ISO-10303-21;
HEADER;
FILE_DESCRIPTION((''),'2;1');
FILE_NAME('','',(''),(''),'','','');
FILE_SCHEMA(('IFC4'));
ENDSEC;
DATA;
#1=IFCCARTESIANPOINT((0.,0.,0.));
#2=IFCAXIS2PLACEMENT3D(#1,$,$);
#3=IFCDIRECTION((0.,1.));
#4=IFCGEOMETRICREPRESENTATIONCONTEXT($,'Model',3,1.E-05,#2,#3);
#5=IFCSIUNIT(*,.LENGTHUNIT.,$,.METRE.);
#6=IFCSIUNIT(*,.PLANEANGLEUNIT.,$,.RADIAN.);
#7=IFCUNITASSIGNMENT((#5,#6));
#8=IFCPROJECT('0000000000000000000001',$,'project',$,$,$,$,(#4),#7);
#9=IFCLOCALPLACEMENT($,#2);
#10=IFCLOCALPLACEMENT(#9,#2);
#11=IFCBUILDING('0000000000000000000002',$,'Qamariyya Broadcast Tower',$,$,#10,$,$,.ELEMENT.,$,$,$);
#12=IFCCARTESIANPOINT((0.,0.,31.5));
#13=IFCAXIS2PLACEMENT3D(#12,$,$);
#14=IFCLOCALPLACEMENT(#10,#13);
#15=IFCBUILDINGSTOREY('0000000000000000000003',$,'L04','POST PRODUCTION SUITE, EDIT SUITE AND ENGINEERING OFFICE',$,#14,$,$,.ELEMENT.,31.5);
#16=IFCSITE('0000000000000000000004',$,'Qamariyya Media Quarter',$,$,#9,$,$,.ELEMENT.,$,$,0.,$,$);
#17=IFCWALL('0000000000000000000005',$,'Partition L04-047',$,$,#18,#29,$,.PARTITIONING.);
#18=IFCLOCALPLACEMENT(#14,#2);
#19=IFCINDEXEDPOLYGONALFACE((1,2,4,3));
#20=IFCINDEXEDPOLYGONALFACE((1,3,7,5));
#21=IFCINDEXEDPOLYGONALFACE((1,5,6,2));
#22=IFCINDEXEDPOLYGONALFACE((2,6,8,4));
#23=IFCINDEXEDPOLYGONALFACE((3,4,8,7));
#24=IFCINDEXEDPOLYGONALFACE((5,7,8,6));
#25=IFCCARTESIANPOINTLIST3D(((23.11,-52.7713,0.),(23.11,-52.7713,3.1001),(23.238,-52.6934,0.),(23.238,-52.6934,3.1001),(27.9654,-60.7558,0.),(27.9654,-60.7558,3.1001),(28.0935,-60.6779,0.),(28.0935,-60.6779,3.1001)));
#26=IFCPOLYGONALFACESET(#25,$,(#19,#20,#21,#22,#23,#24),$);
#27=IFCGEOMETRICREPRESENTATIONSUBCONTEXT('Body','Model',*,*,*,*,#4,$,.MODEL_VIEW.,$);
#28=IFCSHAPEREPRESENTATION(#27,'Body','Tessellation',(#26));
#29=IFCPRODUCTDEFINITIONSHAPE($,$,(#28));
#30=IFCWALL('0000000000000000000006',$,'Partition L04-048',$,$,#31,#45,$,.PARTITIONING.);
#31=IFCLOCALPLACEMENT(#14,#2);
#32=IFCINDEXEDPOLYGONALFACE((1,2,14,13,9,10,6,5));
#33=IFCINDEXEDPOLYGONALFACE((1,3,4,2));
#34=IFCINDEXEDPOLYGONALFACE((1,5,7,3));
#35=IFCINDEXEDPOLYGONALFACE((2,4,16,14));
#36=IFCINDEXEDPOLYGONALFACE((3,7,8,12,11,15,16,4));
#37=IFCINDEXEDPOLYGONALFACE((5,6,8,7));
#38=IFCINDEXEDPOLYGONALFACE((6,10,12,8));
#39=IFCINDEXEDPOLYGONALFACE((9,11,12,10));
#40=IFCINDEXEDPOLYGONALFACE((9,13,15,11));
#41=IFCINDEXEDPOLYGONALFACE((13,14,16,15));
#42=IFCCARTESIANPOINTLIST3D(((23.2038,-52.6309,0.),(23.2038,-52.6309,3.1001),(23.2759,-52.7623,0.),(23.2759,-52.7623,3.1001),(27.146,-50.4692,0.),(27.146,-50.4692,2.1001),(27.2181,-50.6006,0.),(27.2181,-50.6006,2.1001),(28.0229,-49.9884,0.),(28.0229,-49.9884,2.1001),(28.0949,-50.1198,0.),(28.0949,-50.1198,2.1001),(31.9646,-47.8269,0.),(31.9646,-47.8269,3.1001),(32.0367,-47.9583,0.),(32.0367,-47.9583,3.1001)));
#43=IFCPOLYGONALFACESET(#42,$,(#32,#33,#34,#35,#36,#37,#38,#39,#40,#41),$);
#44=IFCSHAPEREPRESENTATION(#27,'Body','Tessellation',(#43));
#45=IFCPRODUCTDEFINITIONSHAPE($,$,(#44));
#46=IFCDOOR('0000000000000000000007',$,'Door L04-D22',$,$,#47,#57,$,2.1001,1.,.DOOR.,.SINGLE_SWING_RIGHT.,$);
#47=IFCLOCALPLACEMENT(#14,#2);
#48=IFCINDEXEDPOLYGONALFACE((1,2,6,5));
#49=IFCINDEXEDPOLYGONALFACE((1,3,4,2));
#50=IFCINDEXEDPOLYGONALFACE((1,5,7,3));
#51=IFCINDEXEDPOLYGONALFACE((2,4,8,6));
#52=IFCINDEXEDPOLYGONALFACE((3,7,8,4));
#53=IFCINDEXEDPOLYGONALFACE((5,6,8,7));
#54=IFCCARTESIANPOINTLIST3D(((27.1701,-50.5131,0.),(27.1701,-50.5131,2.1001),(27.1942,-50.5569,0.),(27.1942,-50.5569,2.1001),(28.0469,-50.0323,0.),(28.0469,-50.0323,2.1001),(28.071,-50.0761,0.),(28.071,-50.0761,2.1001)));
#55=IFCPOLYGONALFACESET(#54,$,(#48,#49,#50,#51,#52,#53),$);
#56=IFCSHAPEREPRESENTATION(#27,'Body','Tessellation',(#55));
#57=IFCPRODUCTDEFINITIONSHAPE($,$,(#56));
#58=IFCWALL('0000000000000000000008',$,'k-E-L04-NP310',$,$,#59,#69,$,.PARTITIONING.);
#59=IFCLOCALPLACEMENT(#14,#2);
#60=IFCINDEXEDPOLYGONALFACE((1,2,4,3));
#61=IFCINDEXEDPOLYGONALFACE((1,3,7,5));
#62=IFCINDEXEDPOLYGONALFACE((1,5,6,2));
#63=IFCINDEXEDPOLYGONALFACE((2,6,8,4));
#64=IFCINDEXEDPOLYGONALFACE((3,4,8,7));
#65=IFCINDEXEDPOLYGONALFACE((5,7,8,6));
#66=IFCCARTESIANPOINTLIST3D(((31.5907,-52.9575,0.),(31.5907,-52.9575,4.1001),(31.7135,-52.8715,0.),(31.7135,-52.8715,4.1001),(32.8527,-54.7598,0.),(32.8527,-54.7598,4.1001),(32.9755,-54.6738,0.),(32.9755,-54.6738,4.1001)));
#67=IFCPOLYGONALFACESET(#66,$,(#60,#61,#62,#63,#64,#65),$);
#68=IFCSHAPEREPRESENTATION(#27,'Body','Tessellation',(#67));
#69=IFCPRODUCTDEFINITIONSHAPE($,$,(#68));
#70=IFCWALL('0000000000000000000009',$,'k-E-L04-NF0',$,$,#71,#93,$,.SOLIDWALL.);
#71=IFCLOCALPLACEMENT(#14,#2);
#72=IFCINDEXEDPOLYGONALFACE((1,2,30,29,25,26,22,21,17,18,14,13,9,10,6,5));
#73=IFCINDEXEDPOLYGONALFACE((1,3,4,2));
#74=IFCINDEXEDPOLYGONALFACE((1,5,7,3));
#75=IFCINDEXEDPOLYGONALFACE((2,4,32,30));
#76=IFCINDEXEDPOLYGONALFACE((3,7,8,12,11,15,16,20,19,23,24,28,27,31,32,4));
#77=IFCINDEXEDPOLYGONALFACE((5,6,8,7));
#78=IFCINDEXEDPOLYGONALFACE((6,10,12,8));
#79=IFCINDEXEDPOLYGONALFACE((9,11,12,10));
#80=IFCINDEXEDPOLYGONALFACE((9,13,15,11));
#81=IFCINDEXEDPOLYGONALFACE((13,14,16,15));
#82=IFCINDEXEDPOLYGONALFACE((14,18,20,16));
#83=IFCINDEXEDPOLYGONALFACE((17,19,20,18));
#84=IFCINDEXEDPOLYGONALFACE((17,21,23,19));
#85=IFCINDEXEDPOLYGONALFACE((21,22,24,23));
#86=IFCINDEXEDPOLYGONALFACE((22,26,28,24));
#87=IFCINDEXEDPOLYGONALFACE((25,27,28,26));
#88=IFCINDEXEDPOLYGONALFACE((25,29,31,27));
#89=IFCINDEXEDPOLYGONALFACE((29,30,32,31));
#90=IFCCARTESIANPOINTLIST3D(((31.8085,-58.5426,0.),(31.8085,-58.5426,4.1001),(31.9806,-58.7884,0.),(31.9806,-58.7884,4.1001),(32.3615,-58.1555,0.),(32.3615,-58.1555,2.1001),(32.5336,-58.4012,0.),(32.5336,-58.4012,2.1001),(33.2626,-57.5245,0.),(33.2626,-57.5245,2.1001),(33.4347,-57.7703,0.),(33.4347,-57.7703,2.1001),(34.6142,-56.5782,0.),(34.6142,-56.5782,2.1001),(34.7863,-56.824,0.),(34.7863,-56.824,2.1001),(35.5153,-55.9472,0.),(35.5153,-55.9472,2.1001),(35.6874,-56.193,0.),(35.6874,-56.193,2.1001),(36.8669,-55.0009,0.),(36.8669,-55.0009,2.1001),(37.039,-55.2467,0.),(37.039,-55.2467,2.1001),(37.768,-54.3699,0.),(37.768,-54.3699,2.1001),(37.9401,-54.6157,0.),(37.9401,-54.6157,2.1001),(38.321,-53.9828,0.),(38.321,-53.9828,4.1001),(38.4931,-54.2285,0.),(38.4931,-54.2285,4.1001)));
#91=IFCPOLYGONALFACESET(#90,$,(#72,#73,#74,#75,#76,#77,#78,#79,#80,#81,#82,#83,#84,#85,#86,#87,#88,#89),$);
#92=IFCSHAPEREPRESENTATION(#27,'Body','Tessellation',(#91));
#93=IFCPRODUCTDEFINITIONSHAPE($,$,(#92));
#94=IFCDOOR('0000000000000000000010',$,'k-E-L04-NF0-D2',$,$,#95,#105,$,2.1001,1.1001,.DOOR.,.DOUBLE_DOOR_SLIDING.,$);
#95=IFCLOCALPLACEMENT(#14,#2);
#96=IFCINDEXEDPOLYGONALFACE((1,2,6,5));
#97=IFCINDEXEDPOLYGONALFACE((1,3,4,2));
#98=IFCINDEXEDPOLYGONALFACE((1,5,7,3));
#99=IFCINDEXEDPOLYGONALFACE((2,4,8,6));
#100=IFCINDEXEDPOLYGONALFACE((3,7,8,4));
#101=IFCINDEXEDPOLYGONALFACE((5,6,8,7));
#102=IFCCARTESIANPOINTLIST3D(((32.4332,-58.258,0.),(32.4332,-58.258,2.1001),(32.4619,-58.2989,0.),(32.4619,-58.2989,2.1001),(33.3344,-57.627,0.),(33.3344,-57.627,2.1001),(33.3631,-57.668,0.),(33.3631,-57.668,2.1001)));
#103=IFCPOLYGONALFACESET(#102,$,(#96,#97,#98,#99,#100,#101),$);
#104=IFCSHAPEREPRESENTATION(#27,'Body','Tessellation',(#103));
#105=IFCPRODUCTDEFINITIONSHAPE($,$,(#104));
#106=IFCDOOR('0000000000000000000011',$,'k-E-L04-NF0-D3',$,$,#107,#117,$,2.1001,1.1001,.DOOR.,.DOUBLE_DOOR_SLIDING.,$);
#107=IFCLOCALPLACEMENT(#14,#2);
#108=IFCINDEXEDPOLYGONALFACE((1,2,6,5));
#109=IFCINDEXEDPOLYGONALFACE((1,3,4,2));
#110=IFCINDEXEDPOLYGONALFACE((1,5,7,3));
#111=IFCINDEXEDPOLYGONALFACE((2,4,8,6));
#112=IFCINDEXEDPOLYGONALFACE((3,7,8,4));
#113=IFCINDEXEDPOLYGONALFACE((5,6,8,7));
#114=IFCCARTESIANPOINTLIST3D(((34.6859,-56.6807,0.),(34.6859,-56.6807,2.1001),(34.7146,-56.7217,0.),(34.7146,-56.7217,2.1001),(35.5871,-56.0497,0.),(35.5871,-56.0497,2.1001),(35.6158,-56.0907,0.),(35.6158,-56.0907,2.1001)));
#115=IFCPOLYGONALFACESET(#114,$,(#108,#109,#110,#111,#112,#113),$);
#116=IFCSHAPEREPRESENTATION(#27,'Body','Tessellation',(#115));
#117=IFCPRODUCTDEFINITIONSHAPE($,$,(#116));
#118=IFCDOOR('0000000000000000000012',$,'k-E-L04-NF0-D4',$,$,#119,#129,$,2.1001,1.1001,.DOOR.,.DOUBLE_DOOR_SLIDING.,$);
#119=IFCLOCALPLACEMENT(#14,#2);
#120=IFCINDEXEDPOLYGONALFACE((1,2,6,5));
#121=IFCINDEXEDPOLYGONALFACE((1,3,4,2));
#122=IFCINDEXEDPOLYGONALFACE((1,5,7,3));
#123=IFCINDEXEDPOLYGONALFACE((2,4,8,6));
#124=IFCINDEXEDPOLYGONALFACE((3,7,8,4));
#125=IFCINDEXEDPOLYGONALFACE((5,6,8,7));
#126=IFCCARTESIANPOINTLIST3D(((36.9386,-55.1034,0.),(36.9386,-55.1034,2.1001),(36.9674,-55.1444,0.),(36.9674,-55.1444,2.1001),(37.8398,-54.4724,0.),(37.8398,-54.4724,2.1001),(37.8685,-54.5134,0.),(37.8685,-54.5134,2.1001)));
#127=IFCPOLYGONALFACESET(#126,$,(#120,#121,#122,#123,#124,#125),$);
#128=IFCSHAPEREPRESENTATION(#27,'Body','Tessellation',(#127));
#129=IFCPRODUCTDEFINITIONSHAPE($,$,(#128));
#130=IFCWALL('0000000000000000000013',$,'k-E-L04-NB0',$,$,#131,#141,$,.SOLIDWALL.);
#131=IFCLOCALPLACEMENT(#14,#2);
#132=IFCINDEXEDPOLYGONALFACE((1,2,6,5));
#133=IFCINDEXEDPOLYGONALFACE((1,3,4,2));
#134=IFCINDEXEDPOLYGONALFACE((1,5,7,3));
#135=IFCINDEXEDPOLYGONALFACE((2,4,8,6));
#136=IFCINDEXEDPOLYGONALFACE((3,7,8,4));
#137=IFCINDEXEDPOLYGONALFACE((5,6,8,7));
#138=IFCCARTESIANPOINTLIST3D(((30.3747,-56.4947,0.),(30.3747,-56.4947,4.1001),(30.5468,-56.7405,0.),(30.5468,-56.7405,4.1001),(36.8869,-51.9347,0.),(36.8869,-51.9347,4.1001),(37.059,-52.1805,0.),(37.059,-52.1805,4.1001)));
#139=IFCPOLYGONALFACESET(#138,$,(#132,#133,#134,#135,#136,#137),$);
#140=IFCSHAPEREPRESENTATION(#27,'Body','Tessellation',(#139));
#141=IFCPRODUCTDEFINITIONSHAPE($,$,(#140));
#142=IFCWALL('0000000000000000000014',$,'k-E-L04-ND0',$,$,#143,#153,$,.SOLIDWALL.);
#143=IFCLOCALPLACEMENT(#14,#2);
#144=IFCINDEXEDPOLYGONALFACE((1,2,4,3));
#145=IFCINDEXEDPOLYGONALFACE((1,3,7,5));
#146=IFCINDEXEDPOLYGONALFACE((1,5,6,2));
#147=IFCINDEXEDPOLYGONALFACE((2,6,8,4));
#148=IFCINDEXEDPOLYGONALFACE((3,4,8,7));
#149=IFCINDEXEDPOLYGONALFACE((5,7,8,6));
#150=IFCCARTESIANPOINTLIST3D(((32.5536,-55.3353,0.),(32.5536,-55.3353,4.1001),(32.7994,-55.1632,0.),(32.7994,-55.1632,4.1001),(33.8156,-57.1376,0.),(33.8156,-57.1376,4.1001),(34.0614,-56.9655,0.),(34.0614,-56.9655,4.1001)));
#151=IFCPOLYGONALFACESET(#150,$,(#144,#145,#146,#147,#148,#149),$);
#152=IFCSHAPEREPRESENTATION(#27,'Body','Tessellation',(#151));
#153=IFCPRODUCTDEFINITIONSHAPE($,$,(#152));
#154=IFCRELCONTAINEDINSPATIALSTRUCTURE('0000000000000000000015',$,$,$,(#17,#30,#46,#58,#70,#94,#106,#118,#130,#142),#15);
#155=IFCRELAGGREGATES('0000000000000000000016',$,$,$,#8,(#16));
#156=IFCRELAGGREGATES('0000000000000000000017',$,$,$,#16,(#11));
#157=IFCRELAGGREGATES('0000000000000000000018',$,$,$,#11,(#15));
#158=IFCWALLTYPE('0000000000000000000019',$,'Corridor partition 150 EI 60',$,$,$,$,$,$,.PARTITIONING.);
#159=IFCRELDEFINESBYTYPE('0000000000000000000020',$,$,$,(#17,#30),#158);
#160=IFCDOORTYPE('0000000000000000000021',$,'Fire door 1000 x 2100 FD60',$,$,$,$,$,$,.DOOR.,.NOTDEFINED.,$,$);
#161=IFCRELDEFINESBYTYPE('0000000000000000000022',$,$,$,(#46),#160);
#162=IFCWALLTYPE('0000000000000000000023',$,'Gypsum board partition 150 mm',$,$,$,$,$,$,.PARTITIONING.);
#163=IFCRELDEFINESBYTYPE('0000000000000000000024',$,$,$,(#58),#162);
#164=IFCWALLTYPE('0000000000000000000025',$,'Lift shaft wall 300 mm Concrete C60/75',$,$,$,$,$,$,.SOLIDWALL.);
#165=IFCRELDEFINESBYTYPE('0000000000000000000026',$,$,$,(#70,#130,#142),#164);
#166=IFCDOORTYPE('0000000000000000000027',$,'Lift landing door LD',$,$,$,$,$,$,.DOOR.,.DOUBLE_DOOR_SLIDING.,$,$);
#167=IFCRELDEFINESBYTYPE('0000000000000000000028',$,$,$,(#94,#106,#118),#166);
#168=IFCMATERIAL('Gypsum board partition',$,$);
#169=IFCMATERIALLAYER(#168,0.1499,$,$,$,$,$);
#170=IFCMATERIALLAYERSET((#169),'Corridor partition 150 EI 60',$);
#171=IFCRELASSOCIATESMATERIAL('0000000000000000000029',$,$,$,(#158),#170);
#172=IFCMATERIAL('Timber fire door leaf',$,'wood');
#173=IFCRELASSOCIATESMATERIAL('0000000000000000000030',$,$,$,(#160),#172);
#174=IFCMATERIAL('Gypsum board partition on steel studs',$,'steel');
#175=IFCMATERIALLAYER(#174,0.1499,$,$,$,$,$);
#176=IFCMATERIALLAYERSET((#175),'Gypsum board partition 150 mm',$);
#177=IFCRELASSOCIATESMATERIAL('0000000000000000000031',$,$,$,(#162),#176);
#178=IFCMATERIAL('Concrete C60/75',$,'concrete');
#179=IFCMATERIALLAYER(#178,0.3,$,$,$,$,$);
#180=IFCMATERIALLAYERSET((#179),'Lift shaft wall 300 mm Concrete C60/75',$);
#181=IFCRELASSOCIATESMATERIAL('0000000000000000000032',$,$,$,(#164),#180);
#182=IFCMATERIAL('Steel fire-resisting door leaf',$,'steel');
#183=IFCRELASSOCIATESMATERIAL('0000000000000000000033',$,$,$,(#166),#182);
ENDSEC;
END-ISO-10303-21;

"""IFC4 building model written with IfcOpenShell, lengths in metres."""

from ifc_helpers import new_model, si_unit, direction, frame, frame_2d, origin, place, context, subcontext, project, spatial, rectangle, extrude, material, layer, layer_set, type_object, element, fill, save


model = new_model("IFC4")

# Units and contexts
model_context = context("Model", 3, precision=1e-05, world=origin(), true_north=direction((0.0, 1.0)))
body_context = subcontext(model_context, "Body", "Model", "MODEL_VIEW")
ifc_project = project(units=[si_unit("LENGTHUNIT", "METRE"), si_unit("PLANEANGLEUNIT", "RADIAN")], contexts=[model_context])

# Site, building, storey
site_placement = place(None, origin())
site = spatial("IfcSite", under=ifc_project, at=site_placement, Name="Qamariyya Media Quarter", CompositionType="ELEMENT", RefElevation=0.0)
building_placement = place(site_placement, origin())
building = spatial("IfcBuilding", under=site, at=building_placement, Name="Qamariyya Broadcast Tower", CompositionType="ELEMENT")
storey_placement = place(building_placement, frame((0.0, 0.0, 31.5)))
storey = spatial("IfcBuildingStorey", under=building, at=storey_placement, Name="L04", Description="POST PRODUCTION SUITE, EDIT SUITE AND ENGINEERING OFFICE", CompositionType="ELEMENT", Elevation=31.5)

# Shared definitions
ifc_material_1 = material(Name="Steel fire-resisting door leaf", Category="steel")

# Wall
ifc_material_2 = material(Name="Gypsum board partition")
ifc_layer_1 = layer(ifc_material_2, 0.1499)
ifc_layer_set_1 = layer_set([ifc_layer_1], Name="Corridor partition 150 EI 60")
wall_type_1 = type_object("IfcWallType", Name="Corridor partition 150 EI 60", PredefinedType="PARTITIONING", material=ifc_layer_set_1)
wall_1_placement = place(storey_placement, frame((23.1741, -52.7324, 0.0), z_axis=(0.0, 0.0, 1.0), x_axis=(0.519577, -0.854423, 0.0)))
element("IfcWall", 1, at=wall_1_placement, inside=storey, type_object=wall_type_1, Name="Partition L04-047", PredefinedType="PARTITIONING", context=body_context, shape_type="SweptSolid", body=[
    extrude(rectangle(XDim=9.345, YDim=0.1499, at=frame_2d((4.6724, 0.0))), origin(), (0.0, 0.0, 1.0), 3.1001),
])

# Wall, opening, door
wall_2_placement = place(storey_placement, frame((23.24, -52.6965, 0.0), z_axis=(0.0, 0.0, 1.0), x_axis=(0.876826, 0.480808, 0.0)))
wall_2 = element("IfcWall", 2, at=wall_2_placement, inside=storey, type_object=wall_type_1, Name="Partition L04-048", PredefinedType="PARTITIONING", context=body_context, shape_type="SweptSolid", body=[
    extrude(rectangle(XDim=9.9915, YDim=0.1499, at=frame_2d((4.9956, 0.0))), origin(), (0.0, 0.0, 1.0), 3.1001),
])
opening_1_placement = place(wall_2_placement, frame((4.4958, 0.0, 0.0)))
opening_1 = element("IfcOpeningElement", 3, at=opening_1_placement, cuts=wall_2, PredefinedType="OPENING", context=body_context, shape_type="SweptSolid", body=[
    extrude(rectangle(XDim=1.0, YDim=2.1001, at=frame_2d((0.5, 1.05))), frame((0.0, 0.085, 0.0), z_axis=(0.0, -1.0, 0.0), x_axis=(1.0, 0.0, 0.0)), (0.0, 0.0, 1.0), 0.1699),
])
ifc_material_3 = material(Name="Timber fire door leaf", Category="wood")
door_type_1 = type_object("IfcDoorType", Name="Fire door 1000 x 2100 FD60", OperationType="NOTDEFINED", PredefinedType="DOOR", material=ifc_material_3)
door_1_placement = place(opening_1_placement, origin())
door_1 = element("IfcDoor", 4, at=door_1_placement, inside=storey, type_object=door_type_1, Name="Door L04-D22", OperationType="SINGLE_SWING_RIGHT", OverallHeight=2.1001, OverallWidth=1.0, PredefinedType="DOOR", context=body_context, shape_type="SweptSolid", body=[
    extrude(rectangle(XDim=1.0, YDim=2.1001, at=frame_2d((0.5, 1.05))), frame((0.0, 0.0249, 0.0), z_axis=(0.0, -1.0, 0.0), x_axis=(1.0, 0.0, 0.0)), (0.0, 0.0, 1.0), 0.05),
])
fill(opening_1, door_1)

# Wall
ifc_material_4 = material(Name="Gypsum board partition on steel studs", Category="steel")
ifc_layer_2 = layer(ifc_material_4, 0.1499)
ifc_layer_set_2 = layer_set([ifc_layer_2], Name="Gypsum board partition 150 mm")
wall_type_2 = type_object("IfcWallType", Name="Gypsum board partition 150 mm", PredefinedType="PARTITIONING", material=ifc_layer_set_2)
wall_3_placement = place(storey_placement, frame((32.9141, -54.7168, 0.0), z_axis=(0.0, 0.0, 1.0), x_axis=(-0.573581, 0.819149, 0.0)))
element("IfcWall", 5, at=wall_3_placement, inside=storey, type_object=wall_type_2, Name="k-E-L04-NP310", PredefinedType="PARTITIONING", context=body_context, shape_type="SweptSolid", body=[
    extrude(rectangle(XDim=2.2002, YDim=0.1499, at=frame_2d((1.1001, 0.0))), origin(), (0.0, 0.0, 1.0), 4.1001),
])

# Wall, openings, doors
ifc_material_5 = material(Name="Concrete C60/75", Category="concrete")
ifc_layer_3 = layer(ifc_material_5, 0.3)
ifc_layer_set_3 = layer_set([ifc_layer_3], Name="Lift shaft wall 300 mm Concrete C60/75")
wall_type_3 = type_object("IfcWallType", Name="Lift shaft wall 300 mm Concrete C60/75", PredefinedType="SOLIDWALL", material=ifc_layer_set_3)
wall_4_placement = place(storey_placement, frame((31.8945, -58.6655, 0.0), z_axis=(0.0, 0.0, 1.0), x_axis=(0.819167, 0.573555, 0.0)))
wall_4 = element("IfcWall", 6, at=wall_4_placement, inside=storey, type_object=wall_type_3, Name="k-E-L04-NF0", PredefinedType="SOLIDWALL", context=body_context, shape_type="SweptSolid", body=[
    extrude(rectangle(XDim=7.9502, YDim=0.3, at=frame_2d((3.9751, 0.0))), origin(), (0.0, 0.0, 1.0), 4.1001),
])
opening_2_placement = place(wall_4_placement, frame((0.675, 0.0, 0.0)))
opening_2 = element("IfcOpeningElement", 7, at=opening_2_placement, cuts=wall_4, PredefinedType="OPENING", context=body_context, shape_type="SweptSolid", body=[
    extrude(rectangle(XDim=1.1001, YDim=2.1001, at=frame_2d((0.55, 1.05))), frame((0.0, 0.1599, 0.0), z_axis=(0.0, -1.0, 0.0), x_axis=(1.0, 0.0, 0.0)), (0.0, 0.0, 1.0), 0.3201),
])
opening_3_placement = place(wall_4_placement, frame((3.425, 0.0, 0.0)))
opening_3 = element("IfcOpeningElement", 8, at=opening_3_placement, cuts=wall_4, PredefinedType="OPENING", context=body_context, shape_type="SweptSolid", body=[
    extrude(rectangle(XDim=1.1001, YDim=2.1001, at=frame_2d((0.55, 1.05))), frame((0.0, 0.1599, 0.0), z_axis=(0.0, -1.0, 0.0), x_axis=(1.0, 0.0, 0.0)), (0.0, 0.0, 1.0), 0.3201),
])
opening_4_placement = place(wall_4_placement, frame((6.175, 0.0, 0.0)))
opening_4 = element("IfcOpeningElement", 9, at=opening_4_placement, cuts=wall_4, PredefinedType="OPENING", context=body_context, shape_type="SweptSolid", body=[
    extrude(rectangle(XDim=1.1001, YDim=2.1001, at=frame_2d((0.55, 1.05))), frame((0.0, 0.1599, 0.0), z_axis=(0.0, -1.0, 0.0), x_axis=(1.0, 0.0, 0.0)), (0.0, 0.0, 1.0), 0.3201),
])
door_type_2 = type_object("IfcDoorType", Name="Lift landing door LD", OperationType="DOUBLE_DOOR_SLIDING", PredefinedType="DOOR", material=ifc_material_1)
door_2_placement = place(opening_2_placement, origin())
door_2 = element("IfcDoor", 10, at=door_2_placement, inside=storey, type_object=door_type_2, Name="k-E-L04-NF0-D2", OperationType="DOUBLE_DOOR_SLIDING", OverallHeight=2.1001, OverallWidth=1.1001, PredefinedType="DOOR", context=body_context, shape_type="SweptSolid", body=[
    extrude(rectangle(XDim=1.1001, YDim=2.1001, at=frame_2d((0.55, 1.05))), frame((0.0, 0.0249, 0.0), z_axis=(0.0, -1.0, 0.0), x_axis=(1.0, 0.0, 0.0)), (0.0, 0.0, 1.0), 0.05),
])
fill(opening_2, door_2)
door_3_placement = place(opening_3_placement, origin())
door_3 = element("IfcDoor", 11, at=door_3_placement, inside=storey, type_object=door_type_2, Name="k-E-L04-NF0-D3", OperationType="DOUBLE_DOOR_SLIDING", OverallHeight=2.1001, OverallWidth=1.1001, PredefinedType="DOOR", context=body_context, shape_type="SweptSolid", body=[
    extrude(rectangle(XDim=1.1001, YDim=2.1001, at=frame_2d((0.55, 1.05))), frame((0.0, 0.0249, 0.0), z_axis=(0.0, -1.0, 0.0), x_axis=(1.0, 0.0, 0.0)), (0.0, 0.0, 1.0), 0.05),
])
fill(opening_3, door_3)
door_4_placement = place(opening_4_placement, origin())
door_4 = element("IfcDoor", 12, at=door_4_placement, inside=storey, type_object=door_type_2, Name="k-E-L04-NF0-D4", OperationType="DOUBLE_DOOR_SLIDING", OverallHeight=2.1001, OverallWidth=1.1001, PredefinedType="DOOR", context=body_context, shape_type="SweptSolid", body=[
    extrude(rectangle(XDim=1.1001, YDim=2.1001, at=frame_2d((0.55, 1.05))), frame((0.0, 0.0249, 0.0), z_axis=(0.0, -1.0, 0.0), x_axis=(1.0, 0.0, 0.0)), (0.0, 0.0, 1.0), 0.05),
])
fill(opening_4, door_4)

# Walls
wall_5_placement = place(storey_placement, frame((30.4607, -56.6177, 0.0), z_axis=(0.0, 0.0, 1.0), x_axis=(0.819142, 0.57359, 0.0)))
element("IfcWall", 13, at=wall_5_placement, inside=storey, type_object=wall_type_3, Name="k-E-L04-NB0", PredefinedType="SOLIDWALL", context=body_context, shape_type="SweptSolid", body=[
    extrude(rectangle(XDim=7.95, YDim=0.3, at=frame_2d((3.9751, 0.0))), origin(), (0.0, 0.0, 1.0), 4.1001),
])
wall_6_placement = place(storey_placement, frame((33.9385, -57.0515, 0.0), z_axis=(0.0, 0.0, 1.0), x_axis=(-0.573581, 0.819149, 0.0)))
element("IfcWall", 14, at=wall_6_placement, inside=storey, type_object=wall_type_3, Name="k-E-L04-ND0", PredefinedType="SOLIDWALL", context=body_context, shape_type="SweptSolid", body=[
    extrude(rectangle(XDim=2.2002, YDim=0.3, at=frame_2d((1.1001, 0.0))), origin(), (0.0, 0.0, 1.0), 4.1001),
])

save(model, "model.ifc")
